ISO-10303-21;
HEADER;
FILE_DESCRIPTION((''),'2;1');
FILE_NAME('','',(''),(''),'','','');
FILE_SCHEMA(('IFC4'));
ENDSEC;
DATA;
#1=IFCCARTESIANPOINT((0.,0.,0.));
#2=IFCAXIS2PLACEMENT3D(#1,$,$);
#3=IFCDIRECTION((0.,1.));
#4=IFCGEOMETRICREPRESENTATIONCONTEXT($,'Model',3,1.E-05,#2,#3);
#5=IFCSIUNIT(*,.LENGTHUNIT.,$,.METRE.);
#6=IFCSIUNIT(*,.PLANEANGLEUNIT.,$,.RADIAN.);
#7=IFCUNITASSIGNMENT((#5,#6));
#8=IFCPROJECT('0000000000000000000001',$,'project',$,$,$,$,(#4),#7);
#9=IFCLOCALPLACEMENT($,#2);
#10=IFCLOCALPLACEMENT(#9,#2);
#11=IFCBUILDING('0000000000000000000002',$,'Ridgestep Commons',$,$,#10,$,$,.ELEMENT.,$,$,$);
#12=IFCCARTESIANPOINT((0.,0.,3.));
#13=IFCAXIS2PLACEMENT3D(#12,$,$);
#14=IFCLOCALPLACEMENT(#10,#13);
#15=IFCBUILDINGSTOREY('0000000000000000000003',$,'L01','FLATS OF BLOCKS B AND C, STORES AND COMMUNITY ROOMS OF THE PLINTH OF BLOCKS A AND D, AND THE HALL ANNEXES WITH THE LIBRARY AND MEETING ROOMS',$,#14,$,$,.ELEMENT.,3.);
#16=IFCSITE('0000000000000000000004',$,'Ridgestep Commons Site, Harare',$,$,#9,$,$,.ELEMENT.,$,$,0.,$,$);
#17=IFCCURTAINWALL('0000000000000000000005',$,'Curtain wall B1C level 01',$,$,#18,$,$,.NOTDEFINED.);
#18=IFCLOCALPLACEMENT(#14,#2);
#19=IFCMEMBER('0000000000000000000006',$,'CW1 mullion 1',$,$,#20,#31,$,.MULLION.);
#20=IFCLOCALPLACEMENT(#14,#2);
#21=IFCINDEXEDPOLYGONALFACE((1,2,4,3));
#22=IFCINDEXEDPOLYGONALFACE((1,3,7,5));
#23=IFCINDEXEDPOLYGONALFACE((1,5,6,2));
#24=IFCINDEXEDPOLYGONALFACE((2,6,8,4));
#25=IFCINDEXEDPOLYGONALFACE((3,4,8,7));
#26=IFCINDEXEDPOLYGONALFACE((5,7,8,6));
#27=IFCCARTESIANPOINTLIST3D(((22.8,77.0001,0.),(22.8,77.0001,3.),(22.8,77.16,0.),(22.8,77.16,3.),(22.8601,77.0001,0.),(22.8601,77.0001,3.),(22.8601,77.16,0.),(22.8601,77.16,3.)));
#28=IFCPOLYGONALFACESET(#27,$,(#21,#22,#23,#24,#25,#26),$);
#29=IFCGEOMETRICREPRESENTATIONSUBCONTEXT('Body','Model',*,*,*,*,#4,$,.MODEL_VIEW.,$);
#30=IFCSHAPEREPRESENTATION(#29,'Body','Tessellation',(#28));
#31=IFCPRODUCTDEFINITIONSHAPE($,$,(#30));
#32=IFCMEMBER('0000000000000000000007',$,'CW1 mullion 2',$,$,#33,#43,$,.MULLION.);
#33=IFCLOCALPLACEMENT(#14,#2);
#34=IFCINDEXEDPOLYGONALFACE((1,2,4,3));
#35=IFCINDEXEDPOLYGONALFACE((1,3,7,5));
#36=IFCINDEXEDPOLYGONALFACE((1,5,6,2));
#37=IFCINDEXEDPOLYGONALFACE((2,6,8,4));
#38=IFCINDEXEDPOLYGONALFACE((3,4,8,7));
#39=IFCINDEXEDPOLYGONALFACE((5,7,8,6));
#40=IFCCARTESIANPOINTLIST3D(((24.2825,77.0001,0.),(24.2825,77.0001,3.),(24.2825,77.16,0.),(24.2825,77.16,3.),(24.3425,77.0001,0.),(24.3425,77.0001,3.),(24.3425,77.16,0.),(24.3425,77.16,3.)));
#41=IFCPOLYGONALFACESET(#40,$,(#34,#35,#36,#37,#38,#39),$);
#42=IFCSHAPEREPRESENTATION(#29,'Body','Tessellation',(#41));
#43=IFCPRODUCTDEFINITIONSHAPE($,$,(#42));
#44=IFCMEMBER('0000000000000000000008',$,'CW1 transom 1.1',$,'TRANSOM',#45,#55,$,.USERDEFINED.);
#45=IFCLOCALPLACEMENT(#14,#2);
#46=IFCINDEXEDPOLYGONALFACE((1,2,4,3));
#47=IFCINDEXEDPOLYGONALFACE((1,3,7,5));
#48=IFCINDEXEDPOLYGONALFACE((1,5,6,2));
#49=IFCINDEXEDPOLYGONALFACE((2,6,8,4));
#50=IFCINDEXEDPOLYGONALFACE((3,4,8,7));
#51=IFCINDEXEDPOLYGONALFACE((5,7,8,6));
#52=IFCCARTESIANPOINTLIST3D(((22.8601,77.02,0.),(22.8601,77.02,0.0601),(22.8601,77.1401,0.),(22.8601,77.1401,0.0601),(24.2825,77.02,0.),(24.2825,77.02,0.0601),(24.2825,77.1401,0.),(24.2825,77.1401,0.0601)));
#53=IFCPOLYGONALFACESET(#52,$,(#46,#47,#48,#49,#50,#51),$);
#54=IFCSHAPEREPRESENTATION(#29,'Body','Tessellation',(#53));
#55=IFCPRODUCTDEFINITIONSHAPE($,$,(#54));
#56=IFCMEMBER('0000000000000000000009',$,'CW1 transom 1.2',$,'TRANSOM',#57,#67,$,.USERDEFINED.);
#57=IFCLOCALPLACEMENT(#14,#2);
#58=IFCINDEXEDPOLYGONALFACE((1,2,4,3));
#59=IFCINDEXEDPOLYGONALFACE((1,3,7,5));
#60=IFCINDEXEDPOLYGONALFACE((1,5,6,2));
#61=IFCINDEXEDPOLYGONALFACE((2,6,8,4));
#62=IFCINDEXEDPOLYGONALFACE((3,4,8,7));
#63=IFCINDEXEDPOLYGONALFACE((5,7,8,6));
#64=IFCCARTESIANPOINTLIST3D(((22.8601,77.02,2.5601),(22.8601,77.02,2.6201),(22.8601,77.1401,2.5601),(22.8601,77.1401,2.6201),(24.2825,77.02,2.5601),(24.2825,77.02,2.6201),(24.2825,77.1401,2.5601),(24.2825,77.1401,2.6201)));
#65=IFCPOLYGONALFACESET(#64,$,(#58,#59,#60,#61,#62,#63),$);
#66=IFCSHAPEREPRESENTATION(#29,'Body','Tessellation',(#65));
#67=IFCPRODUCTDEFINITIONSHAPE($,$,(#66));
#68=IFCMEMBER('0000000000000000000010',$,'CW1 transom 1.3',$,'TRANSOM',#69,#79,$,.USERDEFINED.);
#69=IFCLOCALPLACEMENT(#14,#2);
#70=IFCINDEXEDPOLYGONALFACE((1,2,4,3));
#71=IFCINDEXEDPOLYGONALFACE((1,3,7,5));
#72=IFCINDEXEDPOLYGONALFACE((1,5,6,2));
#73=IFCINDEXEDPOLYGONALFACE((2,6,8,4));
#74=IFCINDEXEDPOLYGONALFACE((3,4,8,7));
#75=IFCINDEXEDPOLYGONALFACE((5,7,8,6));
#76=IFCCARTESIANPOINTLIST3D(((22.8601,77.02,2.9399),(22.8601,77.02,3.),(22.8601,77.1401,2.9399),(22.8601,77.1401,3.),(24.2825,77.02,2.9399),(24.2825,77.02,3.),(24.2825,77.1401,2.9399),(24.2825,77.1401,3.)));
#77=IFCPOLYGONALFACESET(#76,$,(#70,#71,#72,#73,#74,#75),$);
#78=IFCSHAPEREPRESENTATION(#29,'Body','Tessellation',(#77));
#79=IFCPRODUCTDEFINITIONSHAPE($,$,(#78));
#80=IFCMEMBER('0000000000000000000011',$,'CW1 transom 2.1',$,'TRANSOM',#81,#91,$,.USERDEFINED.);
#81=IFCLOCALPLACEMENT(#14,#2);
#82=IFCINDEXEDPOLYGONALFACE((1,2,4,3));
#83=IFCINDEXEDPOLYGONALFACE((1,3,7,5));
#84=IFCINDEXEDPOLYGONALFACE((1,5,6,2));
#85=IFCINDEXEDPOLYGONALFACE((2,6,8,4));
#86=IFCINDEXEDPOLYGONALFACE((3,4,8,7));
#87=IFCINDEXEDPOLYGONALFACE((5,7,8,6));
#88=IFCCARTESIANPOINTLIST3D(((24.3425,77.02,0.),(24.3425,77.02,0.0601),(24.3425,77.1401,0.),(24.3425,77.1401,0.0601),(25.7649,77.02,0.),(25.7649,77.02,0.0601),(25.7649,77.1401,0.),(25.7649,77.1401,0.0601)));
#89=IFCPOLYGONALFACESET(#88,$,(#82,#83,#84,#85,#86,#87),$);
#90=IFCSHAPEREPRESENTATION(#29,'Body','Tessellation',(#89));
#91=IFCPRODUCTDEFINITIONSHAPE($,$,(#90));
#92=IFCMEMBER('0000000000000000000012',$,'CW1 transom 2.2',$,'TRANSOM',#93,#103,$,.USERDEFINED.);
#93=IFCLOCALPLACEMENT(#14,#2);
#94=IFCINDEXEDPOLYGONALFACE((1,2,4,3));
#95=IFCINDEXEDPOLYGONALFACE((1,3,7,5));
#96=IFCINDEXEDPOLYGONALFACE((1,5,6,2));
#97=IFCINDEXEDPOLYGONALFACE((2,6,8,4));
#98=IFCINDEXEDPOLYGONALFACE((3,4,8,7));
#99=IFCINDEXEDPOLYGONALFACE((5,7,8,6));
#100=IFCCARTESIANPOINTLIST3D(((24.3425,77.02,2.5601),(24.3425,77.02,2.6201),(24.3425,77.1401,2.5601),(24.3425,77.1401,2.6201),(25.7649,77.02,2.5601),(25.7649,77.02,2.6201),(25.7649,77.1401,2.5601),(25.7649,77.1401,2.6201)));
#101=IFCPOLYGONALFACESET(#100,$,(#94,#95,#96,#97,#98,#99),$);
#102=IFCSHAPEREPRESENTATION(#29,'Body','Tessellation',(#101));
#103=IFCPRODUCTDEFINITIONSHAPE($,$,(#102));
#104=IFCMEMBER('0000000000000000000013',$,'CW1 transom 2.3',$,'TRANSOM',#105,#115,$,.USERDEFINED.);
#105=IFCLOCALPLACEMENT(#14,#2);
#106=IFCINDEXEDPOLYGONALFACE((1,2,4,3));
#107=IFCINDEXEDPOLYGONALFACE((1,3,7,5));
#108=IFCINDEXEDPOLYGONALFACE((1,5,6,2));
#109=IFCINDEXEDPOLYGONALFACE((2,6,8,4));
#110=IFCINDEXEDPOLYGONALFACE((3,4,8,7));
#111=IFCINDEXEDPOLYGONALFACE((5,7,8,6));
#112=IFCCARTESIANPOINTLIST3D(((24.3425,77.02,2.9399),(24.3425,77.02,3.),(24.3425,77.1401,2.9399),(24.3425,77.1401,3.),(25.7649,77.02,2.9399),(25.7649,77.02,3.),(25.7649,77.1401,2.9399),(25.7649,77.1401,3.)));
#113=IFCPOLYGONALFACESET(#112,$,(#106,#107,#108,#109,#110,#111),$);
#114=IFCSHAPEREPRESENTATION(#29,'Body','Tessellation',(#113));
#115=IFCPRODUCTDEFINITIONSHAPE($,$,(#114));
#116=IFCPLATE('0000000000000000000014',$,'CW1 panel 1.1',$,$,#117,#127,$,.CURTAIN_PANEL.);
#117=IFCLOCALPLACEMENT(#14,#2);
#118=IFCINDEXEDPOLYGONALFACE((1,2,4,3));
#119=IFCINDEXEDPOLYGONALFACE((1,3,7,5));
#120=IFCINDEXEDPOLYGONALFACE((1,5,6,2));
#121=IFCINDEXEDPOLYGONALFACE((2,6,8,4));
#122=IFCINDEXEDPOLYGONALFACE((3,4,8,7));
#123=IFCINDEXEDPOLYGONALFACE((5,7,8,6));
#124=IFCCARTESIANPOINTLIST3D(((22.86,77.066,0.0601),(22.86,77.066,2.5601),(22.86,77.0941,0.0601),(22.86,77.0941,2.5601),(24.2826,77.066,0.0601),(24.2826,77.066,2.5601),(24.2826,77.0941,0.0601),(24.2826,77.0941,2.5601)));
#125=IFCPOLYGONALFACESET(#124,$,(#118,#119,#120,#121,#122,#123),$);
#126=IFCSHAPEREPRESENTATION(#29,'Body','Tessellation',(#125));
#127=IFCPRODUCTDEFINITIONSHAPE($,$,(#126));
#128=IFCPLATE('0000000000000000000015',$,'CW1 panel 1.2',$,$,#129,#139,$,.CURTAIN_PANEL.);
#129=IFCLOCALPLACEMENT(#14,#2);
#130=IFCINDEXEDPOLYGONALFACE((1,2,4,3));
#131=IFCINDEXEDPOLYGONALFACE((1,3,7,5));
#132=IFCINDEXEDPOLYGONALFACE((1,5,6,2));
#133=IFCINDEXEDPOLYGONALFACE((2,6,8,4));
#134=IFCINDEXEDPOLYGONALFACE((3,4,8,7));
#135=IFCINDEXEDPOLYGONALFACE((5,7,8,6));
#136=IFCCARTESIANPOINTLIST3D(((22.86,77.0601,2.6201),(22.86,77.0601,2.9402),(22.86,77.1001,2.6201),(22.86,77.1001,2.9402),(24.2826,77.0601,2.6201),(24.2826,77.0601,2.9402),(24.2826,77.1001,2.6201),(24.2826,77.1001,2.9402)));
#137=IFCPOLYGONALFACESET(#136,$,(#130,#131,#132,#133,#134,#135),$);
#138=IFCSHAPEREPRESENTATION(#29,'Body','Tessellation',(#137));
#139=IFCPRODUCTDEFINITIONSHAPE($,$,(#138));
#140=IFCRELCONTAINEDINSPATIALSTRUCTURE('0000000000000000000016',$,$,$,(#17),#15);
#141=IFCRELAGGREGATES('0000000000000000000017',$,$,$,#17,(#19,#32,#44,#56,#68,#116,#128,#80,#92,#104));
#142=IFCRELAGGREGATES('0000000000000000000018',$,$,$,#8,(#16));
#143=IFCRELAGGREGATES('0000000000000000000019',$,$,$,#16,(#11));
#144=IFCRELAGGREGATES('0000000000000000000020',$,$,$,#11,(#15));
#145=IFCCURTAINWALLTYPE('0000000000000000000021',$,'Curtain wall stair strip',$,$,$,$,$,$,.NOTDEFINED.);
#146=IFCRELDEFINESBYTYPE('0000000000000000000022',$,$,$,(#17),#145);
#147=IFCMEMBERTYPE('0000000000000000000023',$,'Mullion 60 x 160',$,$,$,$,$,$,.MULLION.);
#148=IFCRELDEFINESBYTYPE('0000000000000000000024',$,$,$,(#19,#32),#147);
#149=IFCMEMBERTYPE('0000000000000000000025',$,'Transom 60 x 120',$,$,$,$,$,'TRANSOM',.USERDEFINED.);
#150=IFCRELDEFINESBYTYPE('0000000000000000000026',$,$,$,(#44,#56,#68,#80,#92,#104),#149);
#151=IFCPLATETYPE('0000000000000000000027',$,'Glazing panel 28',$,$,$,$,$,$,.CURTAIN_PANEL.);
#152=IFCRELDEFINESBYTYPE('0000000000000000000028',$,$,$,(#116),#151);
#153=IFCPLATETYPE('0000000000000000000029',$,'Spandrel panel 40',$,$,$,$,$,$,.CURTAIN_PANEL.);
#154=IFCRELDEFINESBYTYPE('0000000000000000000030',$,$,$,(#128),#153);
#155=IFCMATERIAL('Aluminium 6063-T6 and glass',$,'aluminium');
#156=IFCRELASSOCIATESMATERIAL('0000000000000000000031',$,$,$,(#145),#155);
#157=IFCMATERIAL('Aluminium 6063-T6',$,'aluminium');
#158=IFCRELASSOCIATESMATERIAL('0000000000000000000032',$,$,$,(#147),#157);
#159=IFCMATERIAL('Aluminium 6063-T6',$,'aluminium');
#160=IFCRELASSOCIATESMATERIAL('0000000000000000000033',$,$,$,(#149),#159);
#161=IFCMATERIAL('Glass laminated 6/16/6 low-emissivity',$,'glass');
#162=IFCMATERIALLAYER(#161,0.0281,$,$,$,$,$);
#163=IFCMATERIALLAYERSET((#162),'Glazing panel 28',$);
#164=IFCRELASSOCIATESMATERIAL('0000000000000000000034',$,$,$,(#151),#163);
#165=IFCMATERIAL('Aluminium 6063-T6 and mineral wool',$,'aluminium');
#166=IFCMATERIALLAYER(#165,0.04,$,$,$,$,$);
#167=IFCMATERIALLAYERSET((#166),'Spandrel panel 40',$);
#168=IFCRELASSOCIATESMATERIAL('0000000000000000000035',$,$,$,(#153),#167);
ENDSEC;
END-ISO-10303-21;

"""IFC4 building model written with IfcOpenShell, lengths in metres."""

from ifc_helpers import new_model, si_unit, direction, frame, origin, origin_2d, place, context, subcontext, project, spatial, rectangle, extrude, material, layer, layer_set, material_profile, profile_set, type_object, element, aggregate, save


model = new_model("IFC4")

# Units and contexts
model_context = context("Model", 3, precision=1e-05, world=origin(), true_north=direction((0.0, 1.0)))
body_context = subcontext(model_context, "Body", "Model", "MODEL_VIEW")
ifc_project = project(units=[si_unit("LENGTHUNIT", "METRE"), si_unit("PLANEANGLEUNIT", "RADIAN")], contexts=[model_context])

# Site, building, storey
site_placement = place(None, origin())
site = spatial("IfcSite", under=ifc_project, at=site_placement, Name="Ridgestep Commons Site, Harare", CompositionType="ELEMENT", RefElevation=0.0)
building_placement = place(site_placement, origin())
building = spatial("IfcBuilding", under=site, at=building_placement, Name="Ridgestep Commons", CompositionType="ELEMENT")
storey_placement = place(building_placement, frame((0.0, 0.0, 3.0)))
storey = spatial("IfcBuildingStorey", under=building, at=storey_placement, Name="L01", Description="FLATS OF BLOCKS B AND C, STORES AND COMMUNITY ROOMS OF THE PLINTH OF BLOCKS A AND D, AND THE HALL ANNEXES WITH THE LIBRARY AND MEETING ROOMS", CompositionType="ELEMENT", Elevation=3.0)

# Curtain wall, members, plates
ifc_material_1 = material(Name="Aluminium 6063-T6 and glass", Category="aluminium")
curtain_wall_type = type_object("IfcCurtainWallType", Name="Curtain wall stair strip", PredefinedType="NOTDEFINED", material=ifc_material_1)
curtain_wall_placement = place(storey_placement, origin())
curtain_wall = element("IfcCurtainWall", 1, at=curtain_wall_placement, inside=storey, type_object=curtain_wall_type, Name="Curtain wall B1C level 01", PredefinedType="NOTDEFINED")
ifc_material_2 = material(Name="Aluminium 6063-T6", Category="aluminium")
ifc_material_profile_1 = material_profile(ifc_material_2, rectangle(XDim=0.1599, YDim=0.0601, at=origin_2d()), Name="Mullion 60 x 160")
ifc_profile_set_1 = profile_set([ifc_material_profile_1], Name="Aluminium 6063-T6")
member_type_1 = type_object("IfcMemberType", Name="Mullion 60 x 160", PredefinedType="MULLION", material=ifc_profile_set_1)
member_1_placement = place(storey_placement, frame((22.8301, 77.0801, 0.0), z_axis=(0.0, 0.0, 1.0), x_axis=(0.0, 1.0, 0.0)))
member_1 = element("IfcMember", 2, at=member_1_placement, type_object=member_type_1, Name="CW1 mullion 1", PredefinedType="MULLION", context=body_context, shape_type="SweptSolid", body=[
    extrude(rectangle(XDim=0.1599, YDim=0.0601, at=origin_2d()), origin(), (0.0, 0.0, 1.0), 3.0),
])
member_2_placement = place(storey_placement, frame((24.3125, 77.0801, 0.0), z_axis=(0.0, 0.0, 1.0), x_axis=(0.0, 1.0, 0.0)))
member_2 = element("IfcMember", 3, at=member_2_placement, type_object=member_type_1, Name="CW1 mullion 2", PredefinedType="MULLION", context=body_context, shape_type="SweptSolid", body=[
    extrude(rectangle(XDim=0.1599, YDim=0.0601, at=origin_2d()), origin(), (0.0, 0.0, 1.0), 3.0),
])
ifc_material_3 = material(Name="Aluminium 6063-T6", Category="aluminium")
ifc_material_profile_2 = material_profile(ifc_material_3, rectangle(XDim=0.1201, YDim=0.0601, at=origin_2d()), Name="Transom 60 x 120")
ifc_profile_set_2 = profile_set([ifc_material_profile_2], Name="Aluminium 6063-T6")
member_type_2 = type_object("IfcMemberType", Name="Transom 60 x 120", ElementType="TRANSOM", PredefinedType="USERDEFINED", material=ifc_profile_set_2)
member_3_placement = place(storey_placement, frame((22.8601, 77.0801, 0.03), z_axis=(1.0, 0.0, 0.0), x_axis=(0.0, 1.0, 0.0)))
member_3 = element("IfcMember", 4, at=member_3_placement, type_object=member_type_2, Name="CW1 transom 1.1", ObjectType="TRANSOM", PredefinedType="USERDEFINED", context=body_context, shape_type="SweptSolid", body=[
    extrude(rectangle(XDim=0.1201, YDim=0.0601, at=origin_2d()), origin(), (0.0, 0.0, 1.0), 1.4224),
])
member_4_placement = place(storey_placement, frame((22.8601, 77.0801, 2.5901), z_axis=(1.0, 0.0, 0.0), x_axis=(0.0, 1.0, 0.0)))
member_4 = element("IfcMember", 5, at=member_4_placement, type_object=member_type_2, Name="CW1 transom 1.2", ObjectType="TRANSOM", PredefinedType="USERDEFINED", context=body_context, shape_type="SweptSolid", body=[
    extrude(rectangle(XDim=0.1201, YDim=0.0601, at=origin_2d()), origin(), (0.0, 0.0, 1.0), 1.4224),
])
member_5_placement = place(storey_placement, frame((22.8601, 77.0801, 2.97), z_axis=(1.0, 0.0, 0.0), x_axis=(0.0, 1.0, 0.0)))
member_5 = element("IfcMember", 6, at=member_5_placement, type_object=member_type_2, Name="CW1 transom 1.3", ObjectType="TRANSOM", PredefinedType="USERDEFINED", context=body_context, shape_type="SweptSolid", body=[
    extrude(rectangle(XDim=0.1201, YDim=0.0601, at=origin_2d()), origin(), (0.0, 0.0, 1.0), 1.4224),
])
member_6_placement = place(storey_placement, frame((24.3425, 77.0801, 0.03), z_axis=(1.0, 0.0, 0.0), x_axis=(0.0, 1.0, 0.0)))
member_6 = element("IfcMember", 7, at=member_6_placement, type_object=member_type_2, Name="CW1 transom 2.1", ObjectType="TRANSOM", PredefinedType="USERDEFINED", context=body_context, shape_type="SweptSolid", body=[
    extrude(rectangle(XDim=0.1201, YDim=0.0601, at=origin_2d()), origin(), (0.0, 0.0, 1.0), 1.4224),
])
member_7_placement = place(storey_placement, frame((24.3425, 77.0801, 2.5901), z_axis=(1.0, 0.0, 0.0), x_axis=(0.0, 1.0, 0.0)))
member_7 = element("IfcMember", 8, at=member_7_placement, type_object=member_type_2, Name="CW1 transom 2.2", ObjectType="TRANSOM", PredefinedType="USERDEFINED", context=body_context, shape_type="SweptSolid", body=[
    extrude(rectangle(XDim=0.1201, YDim=0.0601, at=origin_2d()), origin(), (0.0, 0.0, 1.0), 1.4224),
])
member_8_placement = place(storey_placement, frame((24.3425, 77.0801, 2.97), z_axis=(1.0, 0.0, 0.0), x_axis=(0.0, 1.0, 0.0)))
member_8 = element("IfcMember", 9, at=member_8_placement, type_object=member_type_2, Name="CW1 transom 2.3", ObjectType="TRANSOM", PredefinedType="USERDEFINED", context=body_context, shape_type="SweptSolid", body=[
    extrude(rectangle(XDim=0.1201, YDim=0.0601, at=origin_2d()), origin(), (0.0, 0.0, 1.0), 1.4224),
])
ifc_material_4 = material(Name="Glass laminated 6/16/6 low-emissivity", Category="glass")
ifc_layer_1 = layer(ifc_material_4, 0.0281)
ifc_layer_set_1 = layer_set([ifc_layer_1], Name="Glazing panel 28")
plate_type_1 = type_object("IfcPlateType", Name="Glazing panel 28", PredefinedType="CURTAIN_PANEL", material=ifc_layer_set_1)
plate_1_placement = place(storey_placement, frame((23.5713, 77.0801, 0.0601), z_axis=(0.0, 0.0, 1.0), x_axis=(1.0, 0.0, 0.0)))
plate_1 = element("IfcPlate", 10, at=plate_1_placement, type_object=plate_type_1, Name="CW1 panel 1.1", PredefinedType="CURTAIN_PANEL", context=body_context, shape_type="SweptSolid", body=[
    extrude(rectangle(XDim=1.4226, YDim=0.0281, at=origin_2d()), origin(), (0.0, 0.0, 1.0), 2.5),
])
ifc_material_5 = material(Name="Aluminium 6063-T6 and mineral wool", Category="aluminium")
ifc_layer_2 = layer(ifc_material_5, 0.04)
ifc_layer_set_2 = layer_set([ifc_layer_2], Name="Spandrel panel 40")
plate_type_2 = type_object("IfcPlateType", Name="Spandrel panel 40", PredefinedType="CURTAIN_PANEL", material=ifc_layer_set_2)
plate_2_placement = place(storey_placement, frame((23.5713, 77.0801, 2.6201), z_axis=(0.0, 0.0, 1.0), x_axis=(1.0, 0.0, 0.0)))
plate_2 = element("IfcPlate", 11, at=plate_2_placement, type_object=plate_type_2, Name="CW1 panel 1.2", PredefinedType="CURTAIN_PANEL", context=body_context, shape_type="SweptSolid", body=[
    extrude(rectangle(XDim=1.4226, YDim=0.04, at=origin_2d()), origin(), (0.0, 0.0, 1.0), 0.3201),
])
aggregate(curtain_wall, [member_1, member_2, member_3, member_4, member_5, plate_1, plate_2, member_6, member_7, member_8])

save(model, "model.ifc")
